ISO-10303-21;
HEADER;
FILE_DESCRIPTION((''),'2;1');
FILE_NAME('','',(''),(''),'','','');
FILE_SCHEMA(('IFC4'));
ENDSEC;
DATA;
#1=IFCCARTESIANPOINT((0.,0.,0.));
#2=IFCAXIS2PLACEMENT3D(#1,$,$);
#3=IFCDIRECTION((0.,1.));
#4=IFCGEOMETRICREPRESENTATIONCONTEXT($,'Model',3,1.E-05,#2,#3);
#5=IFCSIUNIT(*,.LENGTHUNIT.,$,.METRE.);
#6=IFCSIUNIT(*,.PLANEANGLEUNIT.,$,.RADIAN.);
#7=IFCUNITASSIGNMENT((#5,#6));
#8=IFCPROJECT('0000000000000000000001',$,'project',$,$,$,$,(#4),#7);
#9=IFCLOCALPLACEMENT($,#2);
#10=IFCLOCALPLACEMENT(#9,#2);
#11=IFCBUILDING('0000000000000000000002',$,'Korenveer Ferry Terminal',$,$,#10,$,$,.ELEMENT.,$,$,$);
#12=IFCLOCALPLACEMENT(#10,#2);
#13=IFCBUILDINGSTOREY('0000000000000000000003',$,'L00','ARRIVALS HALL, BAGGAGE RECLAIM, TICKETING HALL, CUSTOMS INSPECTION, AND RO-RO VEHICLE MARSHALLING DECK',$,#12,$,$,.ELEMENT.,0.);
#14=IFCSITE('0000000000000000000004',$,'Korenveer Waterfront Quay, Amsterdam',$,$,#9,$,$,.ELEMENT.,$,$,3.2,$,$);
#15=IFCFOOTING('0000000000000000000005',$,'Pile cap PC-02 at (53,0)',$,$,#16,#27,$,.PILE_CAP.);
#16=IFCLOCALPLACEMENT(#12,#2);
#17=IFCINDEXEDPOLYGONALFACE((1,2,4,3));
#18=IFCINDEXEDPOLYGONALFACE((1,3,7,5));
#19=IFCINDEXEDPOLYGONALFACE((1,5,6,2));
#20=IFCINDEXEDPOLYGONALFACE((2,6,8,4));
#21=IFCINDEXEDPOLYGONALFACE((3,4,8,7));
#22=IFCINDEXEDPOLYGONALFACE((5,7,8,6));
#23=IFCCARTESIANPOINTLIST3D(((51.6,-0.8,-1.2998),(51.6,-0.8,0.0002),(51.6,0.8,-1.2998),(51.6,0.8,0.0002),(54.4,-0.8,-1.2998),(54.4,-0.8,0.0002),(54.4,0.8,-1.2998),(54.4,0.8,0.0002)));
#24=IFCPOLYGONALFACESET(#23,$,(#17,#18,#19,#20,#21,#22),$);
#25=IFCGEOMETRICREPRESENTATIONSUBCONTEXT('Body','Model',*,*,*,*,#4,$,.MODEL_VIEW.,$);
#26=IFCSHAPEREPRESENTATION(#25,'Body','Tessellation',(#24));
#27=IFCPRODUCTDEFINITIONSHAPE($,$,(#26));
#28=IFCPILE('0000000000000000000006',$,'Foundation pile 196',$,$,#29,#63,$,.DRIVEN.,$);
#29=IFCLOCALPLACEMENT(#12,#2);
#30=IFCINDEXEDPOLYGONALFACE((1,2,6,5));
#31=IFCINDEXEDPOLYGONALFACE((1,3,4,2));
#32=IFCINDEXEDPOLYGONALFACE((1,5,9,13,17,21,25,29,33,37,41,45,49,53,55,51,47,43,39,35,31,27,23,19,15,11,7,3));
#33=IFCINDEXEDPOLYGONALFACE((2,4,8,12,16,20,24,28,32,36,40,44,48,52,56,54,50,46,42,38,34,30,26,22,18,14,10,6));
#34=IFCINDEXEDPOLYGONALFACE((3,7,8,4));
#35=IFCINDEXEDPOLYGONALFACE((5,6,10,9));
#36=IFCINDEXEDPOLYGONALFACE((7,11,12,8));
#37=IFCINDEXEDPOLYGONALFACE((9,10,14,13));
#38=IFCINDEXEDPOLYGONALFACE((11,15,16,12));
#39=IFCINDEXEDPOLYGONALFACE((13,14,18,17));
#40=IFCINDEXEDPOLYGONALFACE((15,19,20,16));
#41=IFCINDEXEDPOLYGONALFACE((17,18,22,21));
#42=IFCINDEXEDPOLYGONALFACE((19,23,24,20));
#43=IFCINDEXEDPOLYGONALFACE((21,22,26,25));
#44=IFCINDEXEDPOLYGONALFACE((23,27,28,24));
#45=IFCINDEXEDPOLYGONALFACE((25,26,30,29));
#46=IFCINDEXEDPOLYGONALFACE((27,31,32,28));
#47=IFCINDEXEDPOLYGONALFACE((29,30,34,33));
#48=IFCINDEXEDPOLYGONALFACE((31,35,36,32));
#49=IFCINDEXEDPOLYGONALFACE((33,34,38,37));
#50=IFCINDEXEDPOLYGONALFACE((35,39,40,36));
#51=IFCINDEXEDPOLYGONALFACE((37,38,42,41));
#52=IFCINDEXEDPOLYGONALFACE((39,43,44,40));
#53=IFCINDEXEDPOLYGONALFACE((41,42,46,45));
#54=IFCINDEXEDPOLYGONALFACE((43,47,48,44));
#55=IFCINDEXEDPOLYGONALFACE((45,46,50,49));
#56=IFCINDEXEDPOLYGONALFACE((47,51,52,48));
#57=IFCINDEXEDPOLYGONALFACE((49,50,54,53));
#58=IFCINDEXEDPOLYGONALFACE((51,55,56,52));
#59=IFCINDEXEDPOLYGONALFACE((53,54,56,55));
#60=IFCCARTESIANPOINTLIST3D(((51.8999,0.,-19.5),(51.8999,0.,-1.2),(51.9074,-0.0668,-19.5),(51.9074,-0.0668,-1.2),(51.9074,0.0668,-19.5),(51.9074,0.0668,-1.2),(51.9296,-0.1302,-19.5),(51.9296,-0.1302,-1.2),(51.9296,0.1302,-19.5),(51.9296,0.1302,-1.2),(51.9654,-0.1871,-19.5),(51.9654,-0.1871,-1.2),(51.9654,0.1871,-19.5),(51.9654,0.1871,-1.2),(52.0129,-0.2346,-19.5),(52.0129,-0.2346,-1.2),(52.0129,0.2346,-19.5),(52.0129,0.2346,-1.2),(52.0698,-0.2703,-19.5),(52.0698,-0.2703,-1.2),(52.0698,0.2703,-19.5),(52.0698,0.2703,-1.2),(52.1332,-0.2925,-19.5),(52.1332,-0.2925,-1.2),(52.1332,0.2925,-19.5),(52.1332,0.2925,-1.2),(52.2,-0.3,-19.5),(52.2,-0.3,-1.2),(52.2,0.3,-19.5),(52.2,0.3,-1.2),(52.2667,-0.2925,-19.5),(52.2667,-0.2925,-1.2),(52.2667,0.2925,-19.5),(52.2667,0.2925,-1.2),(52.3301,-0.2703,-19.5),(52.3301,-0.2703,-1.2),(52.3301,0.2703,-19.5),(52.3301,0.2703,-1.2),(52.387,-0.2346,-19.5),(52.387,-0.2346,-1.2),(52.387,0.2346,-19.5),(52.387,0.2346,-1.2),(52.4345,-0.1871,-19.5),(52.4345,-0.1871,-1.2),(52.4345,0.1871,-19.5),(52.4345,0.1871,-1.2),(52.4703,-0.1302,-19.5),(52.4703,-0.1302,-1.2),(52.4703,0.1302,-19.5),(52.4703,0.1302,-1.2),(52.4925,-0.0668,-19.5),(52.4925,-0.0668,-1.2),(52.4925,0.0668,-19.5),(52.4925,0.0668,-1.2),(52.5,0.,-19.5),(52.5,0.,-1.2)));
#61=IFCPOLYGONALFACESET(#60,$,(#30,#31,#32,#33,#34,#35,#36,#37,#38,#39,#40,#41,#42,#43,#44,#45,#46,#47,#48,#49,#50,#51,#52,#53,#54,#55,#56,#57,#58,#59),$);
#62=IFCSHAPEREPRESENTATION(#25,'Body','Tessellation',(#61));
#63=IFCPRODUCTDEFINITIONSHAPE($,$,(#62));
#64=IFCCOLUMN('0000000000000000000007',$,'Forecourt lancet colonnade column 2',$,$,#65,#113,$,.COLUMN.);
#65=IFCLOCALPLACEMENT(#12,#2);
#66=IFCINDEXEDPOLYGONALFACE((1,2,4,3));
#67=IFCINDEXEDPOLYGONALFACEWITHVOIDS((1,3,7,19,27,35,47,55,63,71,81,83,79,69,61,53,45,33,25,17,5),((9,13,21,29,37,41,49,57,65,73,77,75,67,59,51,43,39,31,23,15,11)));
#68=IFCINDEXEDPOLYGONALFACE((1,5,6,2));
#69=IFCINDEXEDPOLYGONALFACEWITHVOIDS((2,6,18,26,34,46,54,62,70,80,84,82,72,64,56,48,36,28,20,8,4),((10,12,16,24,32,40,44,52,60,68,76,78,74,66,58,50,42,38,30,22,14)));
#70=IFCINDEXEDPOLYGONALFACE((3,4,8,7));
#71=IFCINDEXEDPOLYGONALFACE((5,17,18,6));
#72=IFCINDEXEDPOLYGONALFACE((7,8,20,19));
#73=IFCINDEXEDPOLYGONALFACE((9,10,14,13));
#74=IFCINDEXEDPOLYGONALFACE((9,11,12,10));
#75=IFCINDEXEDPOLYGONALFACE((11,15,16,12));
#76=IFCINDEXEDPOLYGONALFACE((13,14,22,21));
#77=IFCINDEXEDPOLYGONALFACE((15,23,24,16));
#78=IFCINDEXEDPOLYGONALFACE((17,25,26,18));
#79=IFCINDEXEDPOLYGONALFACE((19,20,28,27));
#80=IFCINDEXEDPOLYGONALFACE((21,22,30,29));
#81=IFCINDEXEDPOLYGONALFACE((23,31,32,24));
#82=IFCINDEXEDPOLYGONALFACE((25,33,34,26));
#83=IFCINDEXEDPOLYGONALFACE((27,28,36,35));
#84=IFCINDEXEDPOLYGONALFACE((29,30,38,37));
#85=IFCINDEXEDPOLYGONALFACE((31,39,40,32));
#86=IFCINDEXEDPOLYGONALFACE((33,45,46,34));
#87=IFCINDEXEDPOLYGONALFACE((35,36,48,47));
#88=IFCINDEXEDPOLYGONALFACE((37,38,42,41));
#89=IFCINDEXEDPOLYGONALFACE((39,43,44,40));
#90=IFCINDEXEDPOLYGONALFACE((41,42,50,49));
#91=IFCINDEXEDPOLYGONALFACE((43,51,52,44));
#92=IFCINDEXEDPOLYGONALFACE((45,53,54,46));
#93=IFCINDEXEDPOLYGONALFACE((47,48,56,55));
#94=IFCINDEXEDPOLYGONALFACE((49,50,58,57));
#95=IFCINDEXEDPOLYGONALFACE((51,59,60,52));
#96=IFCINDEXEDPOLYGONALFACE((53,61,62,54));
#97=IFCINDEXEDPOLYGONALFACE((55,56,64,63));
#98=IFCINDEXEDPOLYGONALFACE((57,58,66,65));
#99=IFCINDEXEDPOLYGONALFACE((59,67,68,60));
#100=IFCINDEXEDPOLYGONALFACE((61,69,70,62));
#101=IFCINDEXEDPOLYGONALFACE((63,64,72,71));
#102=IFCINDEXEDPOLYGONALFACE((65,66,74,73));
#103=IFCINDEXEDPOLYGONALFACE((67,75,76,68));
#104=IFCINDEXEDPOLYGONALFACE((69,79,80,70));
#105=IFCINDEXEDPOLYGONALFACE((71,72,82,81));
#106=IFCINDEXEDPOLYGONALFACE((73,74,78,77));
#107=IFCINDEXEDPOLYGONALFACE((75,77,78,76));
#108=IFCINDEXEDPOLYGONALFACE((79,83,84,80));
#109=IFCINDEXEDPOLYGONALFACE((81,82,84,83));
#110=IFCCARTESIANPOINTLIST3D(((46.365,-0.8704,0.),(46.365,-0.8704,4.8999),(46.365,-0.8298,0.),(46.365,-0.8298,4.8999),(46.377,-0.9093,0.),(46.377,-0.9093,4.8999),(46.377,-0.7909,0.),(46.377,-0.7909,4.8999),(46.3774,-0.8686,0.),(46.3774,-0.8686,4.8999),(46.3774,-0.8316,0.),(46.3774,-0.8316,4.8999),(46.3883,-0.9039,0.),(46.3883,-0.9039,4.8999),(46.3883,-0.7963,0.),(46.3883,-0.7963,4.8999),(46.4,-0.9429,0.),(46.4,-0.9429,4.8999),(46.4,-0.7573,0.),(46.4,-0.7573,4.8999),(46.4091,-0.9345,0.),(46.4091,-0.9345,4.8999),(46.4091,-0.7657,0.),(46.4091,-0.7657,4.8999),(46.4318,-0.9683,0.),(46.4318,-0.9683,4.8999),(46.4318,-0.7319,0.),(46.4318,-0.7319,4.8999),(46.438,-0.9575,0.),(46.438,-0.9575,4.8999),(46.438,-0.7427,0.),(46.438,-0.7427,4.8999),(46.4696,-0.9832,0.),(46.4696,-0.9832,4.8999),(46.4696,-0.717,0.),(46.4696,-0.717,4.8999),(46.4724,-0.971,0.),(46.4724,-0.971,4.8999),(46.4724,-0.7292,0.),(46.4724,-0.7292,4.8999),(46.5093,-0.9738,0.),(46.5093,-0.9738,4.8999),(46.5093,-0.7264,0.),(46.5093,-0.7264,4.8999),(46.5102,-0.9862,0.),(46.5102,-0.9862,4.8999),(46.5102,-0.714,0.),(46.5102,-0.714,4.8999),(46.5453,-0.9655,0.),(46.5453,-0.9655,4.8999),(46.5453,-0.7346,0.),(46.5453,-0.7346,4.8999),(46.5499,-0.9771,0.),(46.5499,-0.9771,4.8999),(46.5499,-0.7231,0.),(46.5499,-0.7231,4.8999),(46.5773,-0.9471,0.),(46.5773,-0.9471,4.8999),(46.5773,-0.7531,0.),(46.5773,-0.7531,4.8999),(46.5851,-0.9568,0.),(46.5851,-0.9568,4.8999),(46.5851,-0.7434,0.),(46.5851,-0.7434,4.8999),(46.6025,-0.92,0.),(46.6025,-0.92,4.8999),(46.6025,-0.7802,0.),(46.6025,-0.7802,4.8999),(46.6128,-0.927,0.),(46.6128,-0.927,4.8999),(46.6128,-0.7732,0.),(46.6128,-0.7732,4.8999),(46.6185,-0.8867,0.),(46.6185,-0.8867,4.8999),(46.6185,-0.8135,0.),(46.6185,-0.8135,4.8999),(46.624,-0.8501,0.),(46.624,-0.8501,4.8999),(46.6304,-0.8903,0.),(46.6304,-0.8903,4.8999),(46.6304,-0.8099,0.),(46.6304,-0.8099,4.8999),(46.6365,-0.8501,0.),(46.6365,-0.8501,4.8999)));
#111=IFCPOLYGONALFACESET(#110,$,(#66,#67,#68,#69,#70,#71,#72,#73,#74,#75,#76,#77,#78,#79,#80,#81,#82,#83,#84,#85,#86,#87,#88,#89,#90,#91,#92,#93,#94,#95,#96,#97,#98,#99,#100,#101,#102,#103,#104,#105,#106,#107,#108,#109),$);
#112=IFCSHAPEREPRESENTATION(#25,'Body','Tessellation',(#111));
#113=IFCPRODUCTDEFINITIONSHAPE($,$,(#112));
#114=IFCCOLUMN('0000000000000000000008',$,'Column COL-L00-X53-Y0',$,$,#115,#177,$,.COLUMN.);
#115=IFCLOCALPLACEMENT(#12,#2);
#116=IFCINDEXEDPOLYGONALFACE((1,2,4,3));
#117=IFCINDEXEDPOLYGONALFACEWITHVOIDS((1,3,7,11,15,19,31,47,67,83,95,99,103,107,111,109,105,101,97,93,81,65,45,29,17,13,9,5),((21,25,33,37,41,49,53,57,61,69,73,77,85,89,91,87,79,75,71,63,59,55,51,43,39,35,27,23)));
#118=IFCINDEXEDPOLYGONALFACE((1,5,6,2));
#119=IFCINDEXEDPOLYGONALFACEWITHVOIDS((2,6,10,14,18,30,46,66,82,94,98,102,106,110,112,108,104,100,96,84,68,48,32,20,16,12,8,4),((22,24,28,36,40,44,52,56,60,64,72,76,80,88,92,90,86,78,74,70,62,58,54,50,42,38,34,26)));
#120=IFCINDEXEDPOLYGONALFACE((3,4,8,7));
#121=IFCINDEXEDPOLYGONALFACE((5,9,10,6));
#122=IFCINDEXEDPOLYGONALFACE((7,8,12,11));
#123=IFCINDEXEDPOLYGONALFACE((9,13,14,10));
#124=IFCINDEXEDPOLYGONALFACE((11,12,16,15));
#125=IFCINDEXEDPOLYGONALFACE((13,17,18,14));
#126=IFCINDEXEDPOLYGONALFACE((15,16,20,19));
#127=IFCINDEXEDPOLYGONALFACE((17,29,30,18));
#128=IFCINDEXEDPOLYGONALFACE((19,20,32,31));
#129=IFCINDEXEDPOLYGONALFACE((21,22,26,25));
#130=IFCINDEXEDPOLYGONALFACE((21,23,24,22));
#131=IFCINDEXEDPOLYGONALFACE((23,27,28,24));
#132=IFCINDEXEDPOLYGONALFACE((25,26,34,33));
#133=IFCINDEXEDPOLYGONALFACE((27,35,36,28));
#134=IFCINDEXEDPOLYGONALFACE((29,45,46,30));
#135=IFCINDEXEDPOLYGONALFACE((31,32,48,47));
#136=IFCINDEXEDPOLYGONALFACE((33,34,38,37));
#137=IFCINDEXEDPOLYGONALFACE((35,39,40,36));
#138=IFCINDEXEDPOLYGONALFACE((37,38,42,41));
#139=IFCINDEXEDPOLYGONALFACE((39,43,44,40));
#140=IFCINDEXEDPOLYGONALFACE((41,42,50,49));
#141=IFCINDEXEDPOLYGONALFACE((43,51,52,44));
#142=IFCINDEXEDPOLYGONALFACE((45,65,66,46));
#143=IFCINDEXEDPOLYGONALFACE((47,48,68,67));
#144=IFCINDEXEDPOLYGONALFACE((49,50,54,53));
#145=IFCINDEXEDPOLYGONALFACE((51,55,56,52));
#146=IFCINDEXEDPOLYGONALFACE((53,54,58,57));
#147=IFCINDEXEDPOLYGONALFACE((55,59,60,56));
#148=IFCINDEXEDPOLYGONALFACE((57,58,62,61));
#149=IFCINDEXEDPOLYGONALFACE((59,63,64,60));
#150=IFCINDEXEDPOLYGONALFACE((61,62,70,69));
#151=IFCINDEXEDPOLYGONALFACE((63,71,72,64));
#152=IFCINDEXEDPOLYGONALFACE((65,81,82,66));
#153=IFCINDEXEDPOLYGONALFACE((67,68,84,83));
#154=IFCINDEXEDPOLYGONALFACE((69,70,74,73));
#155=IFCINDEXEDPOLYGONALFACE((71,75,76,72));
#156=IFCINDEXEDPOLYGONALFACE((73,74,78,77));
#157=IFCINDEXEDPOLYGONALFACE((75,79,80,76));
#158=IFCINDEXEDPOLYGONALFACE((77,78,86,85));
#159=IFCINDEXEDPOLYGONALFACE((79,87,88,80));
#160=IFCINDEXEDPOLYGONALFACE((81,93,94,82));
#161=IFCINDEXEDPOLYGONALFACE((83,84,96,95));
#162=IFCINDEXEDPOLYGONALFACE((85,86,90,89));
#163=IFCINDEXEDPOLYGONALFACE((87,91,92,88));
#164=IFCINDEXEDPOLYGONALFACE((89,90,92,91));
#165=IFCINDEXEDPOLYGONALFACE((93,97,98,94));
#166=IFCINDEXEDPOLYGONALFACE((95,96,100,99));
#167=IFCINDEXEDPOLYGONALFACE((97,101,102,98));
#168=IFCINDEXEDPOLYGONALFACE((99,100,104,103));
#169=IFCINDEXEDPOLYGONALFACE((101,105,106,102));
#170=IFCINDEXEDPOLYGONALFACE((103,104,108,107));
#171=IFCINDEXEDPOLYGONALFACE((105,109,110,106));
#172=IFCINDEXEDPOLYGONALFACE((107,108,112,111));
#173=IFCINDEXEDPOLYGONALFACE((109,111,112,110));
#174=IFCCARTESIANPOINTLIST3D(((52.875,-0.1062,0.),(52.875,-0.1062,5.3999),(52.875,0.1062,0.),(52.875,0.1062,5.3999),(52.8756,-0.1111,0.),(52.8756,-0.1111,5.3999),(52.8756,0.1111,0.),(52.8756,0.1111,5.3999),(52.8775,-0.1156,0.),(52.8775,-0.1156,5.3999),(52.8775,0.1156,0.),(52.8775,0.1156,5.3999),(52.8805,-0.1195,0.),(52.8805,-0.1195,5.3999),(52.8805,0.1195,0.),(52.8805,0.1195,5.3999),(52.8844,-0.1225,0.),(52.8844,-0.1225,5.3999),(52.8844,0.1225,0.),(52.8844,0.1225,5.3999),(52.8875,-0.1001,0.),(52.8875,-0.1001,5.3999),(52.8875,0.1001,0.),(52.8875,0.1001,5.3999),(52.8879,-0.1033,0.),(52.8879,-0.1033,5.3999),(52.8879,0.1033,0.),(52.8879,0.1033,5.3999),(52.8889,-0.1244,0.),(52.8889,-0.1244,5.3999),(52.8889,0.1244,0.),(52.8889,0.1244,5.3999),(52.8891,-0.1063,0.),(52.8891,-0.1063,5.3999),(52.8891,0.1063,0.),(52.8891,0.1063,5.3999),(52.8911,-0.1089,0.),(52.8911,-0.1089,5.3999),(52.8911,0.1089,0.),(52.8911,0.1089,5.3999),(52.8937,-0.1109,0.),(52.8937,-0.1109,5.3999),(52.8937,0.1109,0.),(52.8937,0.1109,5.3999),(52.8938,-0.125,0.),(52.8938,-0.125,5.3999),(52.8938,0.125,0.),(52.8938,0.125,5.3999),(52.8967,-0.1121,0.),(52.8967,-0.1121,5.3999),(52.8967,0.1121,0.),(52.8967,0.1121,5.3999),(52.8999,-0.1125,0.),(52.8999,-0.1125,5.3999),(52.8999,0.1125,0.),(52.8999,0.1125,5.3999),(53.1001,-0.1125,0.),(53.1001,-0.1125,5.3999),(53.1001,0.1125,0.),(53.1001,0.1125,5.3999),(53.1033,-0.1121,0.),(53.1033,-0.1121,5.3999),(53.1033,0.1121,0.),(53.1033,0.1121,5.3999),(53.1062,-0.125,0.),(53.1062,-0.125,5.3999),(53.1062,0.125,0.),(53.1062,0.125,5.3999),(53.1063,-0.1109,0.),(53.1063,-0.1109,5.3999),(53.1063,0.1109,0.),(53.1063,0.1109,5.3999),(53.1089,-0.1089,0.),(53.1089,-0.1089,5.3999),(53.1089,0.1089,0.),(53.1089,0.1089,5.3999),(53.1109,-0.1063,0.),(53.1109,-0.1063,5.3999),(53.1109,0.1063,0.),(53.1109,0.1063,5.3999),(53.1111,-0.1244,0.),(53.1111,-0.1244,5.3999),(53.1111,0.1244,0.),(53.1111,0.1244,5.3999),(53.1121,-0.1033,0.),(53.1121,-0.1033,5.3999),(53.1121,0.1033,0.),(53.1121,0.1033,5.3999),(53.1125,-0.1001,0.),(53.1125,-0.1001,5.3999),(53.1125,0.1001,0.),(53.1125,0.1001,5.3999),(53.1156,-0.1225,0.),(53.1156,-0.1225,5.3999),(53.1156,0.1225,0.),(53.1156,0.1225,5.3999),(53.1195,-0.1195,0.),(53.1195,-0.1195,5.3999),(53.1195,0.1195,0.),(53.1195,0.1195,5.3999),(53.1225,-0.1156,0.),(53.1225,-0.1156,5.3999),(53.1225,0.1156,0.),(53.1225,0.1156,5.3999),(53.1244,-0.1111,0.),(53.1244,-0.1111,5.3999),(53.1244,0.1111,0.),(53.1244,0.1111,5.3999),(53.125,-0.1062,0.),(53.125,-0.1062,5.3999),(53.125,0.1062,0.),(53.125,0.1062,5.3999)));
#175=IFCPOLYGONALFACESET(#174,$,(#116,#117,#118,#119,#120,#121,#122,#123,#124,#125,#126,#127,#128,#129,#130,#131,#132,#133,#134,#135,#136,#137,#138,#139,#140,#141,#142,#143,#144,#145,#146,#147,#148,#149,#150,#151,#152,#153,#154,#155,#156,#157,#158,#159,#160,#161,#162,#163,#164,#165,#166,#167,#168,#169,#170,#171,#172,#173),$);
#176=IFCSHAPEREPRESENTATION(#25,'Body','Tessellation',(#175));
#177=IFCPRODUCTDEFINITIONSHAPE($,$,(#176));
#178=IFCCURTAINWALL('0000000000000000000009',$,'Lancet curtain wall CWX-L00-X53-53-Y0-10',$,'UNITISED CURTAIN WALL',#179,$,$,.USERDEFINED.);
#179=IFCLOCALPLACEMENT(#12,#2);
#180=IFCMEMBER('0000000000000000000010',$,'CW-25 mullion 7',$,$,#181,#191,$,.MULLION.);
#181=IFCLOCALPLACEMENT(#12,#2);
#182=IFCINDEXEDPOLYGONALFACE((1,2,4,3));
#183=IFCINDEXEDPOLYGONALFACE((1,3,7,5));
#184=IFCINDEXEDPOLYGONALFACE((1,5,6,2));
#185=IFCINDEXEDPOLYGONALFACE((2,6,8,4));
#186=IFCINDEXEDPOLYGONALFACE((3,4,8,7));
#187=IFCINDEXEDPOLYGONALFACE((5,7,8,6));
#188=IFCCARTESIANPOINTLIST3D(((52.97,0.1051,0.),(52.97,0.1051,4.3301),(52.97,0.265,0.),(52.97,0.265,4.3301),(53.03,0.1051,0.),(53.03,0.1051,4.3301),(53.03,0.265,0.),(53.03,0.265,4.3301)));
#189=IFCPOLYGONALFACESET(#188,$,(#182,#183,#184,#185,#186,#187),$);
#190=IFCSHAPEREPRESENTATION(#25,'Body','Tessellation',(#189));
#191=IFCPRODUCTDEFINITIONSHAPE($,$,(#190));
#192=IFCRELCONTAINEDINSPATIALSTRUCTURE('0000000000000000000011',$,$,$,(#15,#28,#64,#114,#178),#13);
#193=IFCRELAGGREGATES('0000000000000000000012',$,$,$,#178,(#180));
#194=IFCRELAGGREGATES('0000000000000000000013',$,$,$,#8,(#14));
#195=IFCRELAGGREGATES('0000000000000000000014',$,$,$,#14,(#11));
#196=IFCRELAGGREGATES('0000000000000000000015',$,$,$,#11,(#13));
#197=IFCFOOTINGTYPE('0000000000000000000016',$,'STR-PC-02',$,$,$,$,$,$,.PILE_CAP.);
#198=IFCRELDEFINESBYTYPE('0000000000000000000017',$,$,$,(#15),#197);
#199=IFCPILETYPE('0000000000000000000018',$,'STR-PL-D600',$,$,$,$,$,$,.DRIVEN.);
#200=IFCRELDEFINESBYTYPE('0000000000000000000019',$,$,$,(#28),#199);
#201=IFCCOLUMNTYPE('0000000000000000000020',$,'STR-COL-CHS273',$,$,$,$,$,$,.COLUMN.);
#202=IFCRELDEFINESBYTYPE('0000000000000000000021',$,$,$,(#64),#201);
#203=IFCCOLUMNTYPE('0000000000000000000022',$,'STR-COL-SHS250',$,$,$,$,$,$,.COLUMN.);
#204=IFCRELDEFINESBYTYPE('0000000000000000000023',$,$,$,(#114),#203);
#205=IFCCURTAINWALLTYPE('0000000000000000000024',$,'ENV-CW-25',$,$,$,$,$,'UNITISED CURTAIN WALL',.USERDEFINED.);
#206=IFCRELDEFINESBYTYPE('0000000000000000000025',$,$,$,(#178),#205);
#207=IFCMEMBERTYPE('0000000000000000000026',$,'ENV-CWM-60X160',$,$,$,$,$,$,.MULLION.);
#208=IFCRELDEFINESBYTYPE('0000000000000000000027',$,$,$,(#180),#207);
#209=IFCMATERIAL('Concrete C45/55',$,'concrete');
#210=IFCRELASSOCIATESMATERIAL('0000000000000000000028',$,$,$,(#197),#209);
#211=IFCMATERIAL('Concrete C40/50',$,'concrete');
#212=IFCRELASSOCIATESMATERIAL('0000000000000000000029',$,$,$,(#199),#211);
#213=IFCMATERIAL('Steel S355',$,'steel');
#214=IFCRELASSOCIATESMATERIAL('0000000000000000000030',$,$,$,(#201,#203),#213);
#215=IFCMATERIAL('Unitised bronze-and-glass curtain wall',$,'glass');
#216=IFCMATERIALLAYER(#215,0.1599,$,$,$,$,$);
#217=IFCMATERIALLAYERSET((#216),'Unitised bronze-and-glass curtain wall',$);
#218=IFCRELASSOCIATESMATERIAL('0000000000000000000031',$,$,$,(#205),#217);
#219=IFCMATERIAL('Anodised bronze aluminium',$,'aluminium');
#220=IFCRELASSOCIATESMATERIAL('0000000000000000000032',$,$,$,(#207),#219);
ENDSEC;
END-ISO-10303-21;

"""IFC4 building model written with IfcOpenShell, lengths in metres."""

from ifc_helpers import new_model, si_unit, direction, frame, origin, origin_2d, place, context, subcontext, project, spatial, rectangle, hollow_rectangle, circle, hollow_circle, extrude, material, layer, layer_set, material_profile, profile_set, type_object, element, aggregate, save


model = new_model("IFC4")

# Units and contexts
model_context = context("Model", 3, precision=1e-05, world=origin(), true_north=direction((0.0, 1.0)))
body_context = subcontext(model_context, "Body", "Model", "MODEL_VIEW")
ifc_project = project(units=[si_unit("LENGTHUNIT", "METRE"), si_unit("PLANEANGLEUNIT", "RADIAN")], contexts=[model_context])

# Site, building, storey
site_placement = place(None, origin())
site = spatial("IfcSite", under=ifc_project, at=site_placement, Name="Korenveer Waterfront Quay, Amsterdam", CompositionType="ELEMENT", RefElevation=3.2)
building_placement = place(site_placement, origin())
building = spatial("IfcBuilding", under=site, at=building_placement, Name="Korenveer Ferry Terminal", CompositionType="ELEMENT")
storey_placement = place(building_placement, origin())
storey = spatial("IfcBuildingStorey", under=building, at=storey_placement, Name="L00", Description="ARRIVALS HALL, BAGGAGE RECLAIM, TICKETING HALL, CUSTOMS INSPECTION, AND RO-RO VEHICLE MARSHALLING DECK", CompositionType="ELEMENT", Elevation=0.0)

# Footing
ifc_material_1 = material(Name="Concrete C45/55", Category="concrete")
footing_type = type_object("IfcFootingType", Name="STR-PC-02", PredefinedType="PILE_CAP", material=ifc_material_1)
footing_placement = place(storey_placement, frame((53.0, 0.0, -1.2998), z_axis=(0.0, 0.0, 1.0), x_axis=(1.0, 0.0, 0.0)))
element("IfcFooting", 1, at=footing_placement, inside=storey, type_object=footing_type, Name="Pile cap PC-02 at (53,0)", PredefinedType="PILE_CAP", context=body_context, shape_type="SweptSolid", body=[
    extrude(rectangle(XDim=2.8, YDim=1.6001, at=origin_2d()), origin(), (0.0, 0.0, 1.0), 1.3),
])

# Pile
ifc_material_2 = material(Name="Concrete C40/50", Category="concrete")
ifc_material_profile_1 = material_profile(ifc_material_2, circle(Radius=0.3, at=origin_2d()), Name="PILE D600")
ifc_profile_set_1 = profile_set([ifc_material_profile_1], Name="Concrete C40/50")
pile_type = type_object("IfcPileType", Name="STR-PL-D600", PredefinedType="DRIVEN", material=ifc_profile_set_1)
pile_placement = place(storey_placement, frame((52.2, 0.0, -1.2), z_axis=(0.0, 0.0, -1.0), x_axis=(1.0, 0.0, 0.0)))
element("IfcPile", 2, at=pile_placement, inside=storey, type_object=pile_type, Name="Foundation pile 196", PredefinedType="DRIVEN", context=body_context, shape_type="SweptSolid", body=[
    extrude(circle(Radius=0.3, at=origin_2d()), origin(), (0.0, 0.0, 1.0), 18.3),
])

# Columns
ifc_material_3 = material(Name="Steel S355", Category="steel")
ifc_material_profile_2 = material_profile(ifc_material_3, hollow_circle(Radius=0.1365, WallThickness=0.0125, at=origin_2d()), Name="CHS 273x12.5")
ifc_profile_set_2 = profile_set([ifc_material_profile_2], Name="Steel S355")
column_type_1 = type_object("IfcColumnType", Name="STR-COL-CHS273", PredefinedType="COLUMN", material=ifc_profile_set_2)
column_1_placement = place(storey_placement, frame((46.5, -0.8501, 0.0), z_axis=(0.0, 0.0, 1.0), x_axis=(1.0, 0.0, 0.0)))
element("IfcColumn", 3, at=column_1_placement, inside=storey, type_object=column_type_1, Name="Forecourt lancet colonnade column 2", PredefinedType="COLUMN", context=body_context, shape_type="SweptSolid", body=[
    extrude(hollow_circle(Radius=0.1365, WallThickness=0.0125, at=origin_2d()), origin(), (0.0, 0.0, 1.0), 4.8999),
])
ifc_material_profile_3 = material_profile(ifc_material_3, hollow_rectangle(XDim=0.25, YDim=0.25, WallThickness=0.0125, InnerFilletRadius=0.0125, OuterFilletRadius=0.0188, at=origin_2d()), Name="SHS 250x250x12.5")
ifc_profile_set_3 = profile_set([ifc_material_profile_3], Name="Steel S355")
column_type_2 = type_object("IfcColumnType", Name="STR-COL-SHS250", PredefinedType="COLUMN", material=ifc_profile_set_3)
column_2_placement = place(storey_placement, frame((53.0, 0.0, 0.0), z_axis=(0.0, 0.0, 1.0), x_axis=(1.0, 0.0, 0.0)))
element("IfcColumn", 4, at=column_2_placement, inside=storey, type_object=column_type_2, Name="Column COL-L00-X53-Y0", PredefinedType="COLUMN", context=body_context, shape_type="SweptSolid", body=[
    extrude(hollow_rectangle(XDim=0.25, YDim=0.25, WallThickness=0.0125, InnerFilletRadius=0.0125, OuterFilletRadius=0.0188, at=origin_2d()), origin(), (0.0, 0.0, 1.0), 5.3999),
])

# Curtain wall, member
ifc_material_4 = material(Name="Unitised bronze-and-glass curtain wall", Category="glass")
ifc_layer_1 = layer(ifc_material_4, 0.1599)
ifc_layer_set_1 = layer_set([ifc_layer_1], Name="Unitised bronze-and-glass curtain wall")
curtain_wall_type = type_object("IfcCurtainWallType", Name="ENV-CW-25", ElementType="UNITISED CURTAIN WALL", PredefinedType="USERDEFINED", material=ifc_layer_set_1)
curtain_wall_placement = place(storey_placement, frame((53.0, 9.845, 0.0)))
curtain_wall = element("IfcCurtainWall", 5, at=curtain_wall_placement, inside=storey, type_object=curtain_wall_type, Name="Lancet curtain wall CWX-L00-X53-53-Y0-10", ObjectType="UNITISED CURTAIN WALL", PredefinedType="USERDEFINED")
ifc_material_5 = material(Name="Anodised bronze aluminium", Category="aluminium")
ifc_material_profile_4 = material_profile(ifc_material_5, rectangle(XDim=0.0601, YDim=0.1599, at=origin_2d()), Name="ALU 60x160")
ifc_profile_set_4 = profile_set([ifc_material_profile_4], Name="Anodised bronze aluminium")
member_type_1 = type_object("IfcMemberType", Name="ENV-CWM-60X160", PredefinedType="MULLION", material=ifc_profile_set_4)
member_1_placement = place(storey_placement, frame((53.0, 0.1851, 0.0), z_axis=(0.0, 0.0, 1.0), x_axis=(1.0, 0.0, 0.0)))
member_1 = element("IfcMember", 6, at=member_1_placement, type_object=member_type_1, Name="CW-25 mullion 7", PredefinedType="MULLION", context=body_context, shape_type="SweptSolid", body=[
    extrude(rectangle(XDim=0.0601, YDim=0.1599, at=origin_2d()), origin(), (0.0, 0.0, 1.0), 4.3301),
])

aggregate(curtain_wall, [member_1])

save(model, "model.ifc")
